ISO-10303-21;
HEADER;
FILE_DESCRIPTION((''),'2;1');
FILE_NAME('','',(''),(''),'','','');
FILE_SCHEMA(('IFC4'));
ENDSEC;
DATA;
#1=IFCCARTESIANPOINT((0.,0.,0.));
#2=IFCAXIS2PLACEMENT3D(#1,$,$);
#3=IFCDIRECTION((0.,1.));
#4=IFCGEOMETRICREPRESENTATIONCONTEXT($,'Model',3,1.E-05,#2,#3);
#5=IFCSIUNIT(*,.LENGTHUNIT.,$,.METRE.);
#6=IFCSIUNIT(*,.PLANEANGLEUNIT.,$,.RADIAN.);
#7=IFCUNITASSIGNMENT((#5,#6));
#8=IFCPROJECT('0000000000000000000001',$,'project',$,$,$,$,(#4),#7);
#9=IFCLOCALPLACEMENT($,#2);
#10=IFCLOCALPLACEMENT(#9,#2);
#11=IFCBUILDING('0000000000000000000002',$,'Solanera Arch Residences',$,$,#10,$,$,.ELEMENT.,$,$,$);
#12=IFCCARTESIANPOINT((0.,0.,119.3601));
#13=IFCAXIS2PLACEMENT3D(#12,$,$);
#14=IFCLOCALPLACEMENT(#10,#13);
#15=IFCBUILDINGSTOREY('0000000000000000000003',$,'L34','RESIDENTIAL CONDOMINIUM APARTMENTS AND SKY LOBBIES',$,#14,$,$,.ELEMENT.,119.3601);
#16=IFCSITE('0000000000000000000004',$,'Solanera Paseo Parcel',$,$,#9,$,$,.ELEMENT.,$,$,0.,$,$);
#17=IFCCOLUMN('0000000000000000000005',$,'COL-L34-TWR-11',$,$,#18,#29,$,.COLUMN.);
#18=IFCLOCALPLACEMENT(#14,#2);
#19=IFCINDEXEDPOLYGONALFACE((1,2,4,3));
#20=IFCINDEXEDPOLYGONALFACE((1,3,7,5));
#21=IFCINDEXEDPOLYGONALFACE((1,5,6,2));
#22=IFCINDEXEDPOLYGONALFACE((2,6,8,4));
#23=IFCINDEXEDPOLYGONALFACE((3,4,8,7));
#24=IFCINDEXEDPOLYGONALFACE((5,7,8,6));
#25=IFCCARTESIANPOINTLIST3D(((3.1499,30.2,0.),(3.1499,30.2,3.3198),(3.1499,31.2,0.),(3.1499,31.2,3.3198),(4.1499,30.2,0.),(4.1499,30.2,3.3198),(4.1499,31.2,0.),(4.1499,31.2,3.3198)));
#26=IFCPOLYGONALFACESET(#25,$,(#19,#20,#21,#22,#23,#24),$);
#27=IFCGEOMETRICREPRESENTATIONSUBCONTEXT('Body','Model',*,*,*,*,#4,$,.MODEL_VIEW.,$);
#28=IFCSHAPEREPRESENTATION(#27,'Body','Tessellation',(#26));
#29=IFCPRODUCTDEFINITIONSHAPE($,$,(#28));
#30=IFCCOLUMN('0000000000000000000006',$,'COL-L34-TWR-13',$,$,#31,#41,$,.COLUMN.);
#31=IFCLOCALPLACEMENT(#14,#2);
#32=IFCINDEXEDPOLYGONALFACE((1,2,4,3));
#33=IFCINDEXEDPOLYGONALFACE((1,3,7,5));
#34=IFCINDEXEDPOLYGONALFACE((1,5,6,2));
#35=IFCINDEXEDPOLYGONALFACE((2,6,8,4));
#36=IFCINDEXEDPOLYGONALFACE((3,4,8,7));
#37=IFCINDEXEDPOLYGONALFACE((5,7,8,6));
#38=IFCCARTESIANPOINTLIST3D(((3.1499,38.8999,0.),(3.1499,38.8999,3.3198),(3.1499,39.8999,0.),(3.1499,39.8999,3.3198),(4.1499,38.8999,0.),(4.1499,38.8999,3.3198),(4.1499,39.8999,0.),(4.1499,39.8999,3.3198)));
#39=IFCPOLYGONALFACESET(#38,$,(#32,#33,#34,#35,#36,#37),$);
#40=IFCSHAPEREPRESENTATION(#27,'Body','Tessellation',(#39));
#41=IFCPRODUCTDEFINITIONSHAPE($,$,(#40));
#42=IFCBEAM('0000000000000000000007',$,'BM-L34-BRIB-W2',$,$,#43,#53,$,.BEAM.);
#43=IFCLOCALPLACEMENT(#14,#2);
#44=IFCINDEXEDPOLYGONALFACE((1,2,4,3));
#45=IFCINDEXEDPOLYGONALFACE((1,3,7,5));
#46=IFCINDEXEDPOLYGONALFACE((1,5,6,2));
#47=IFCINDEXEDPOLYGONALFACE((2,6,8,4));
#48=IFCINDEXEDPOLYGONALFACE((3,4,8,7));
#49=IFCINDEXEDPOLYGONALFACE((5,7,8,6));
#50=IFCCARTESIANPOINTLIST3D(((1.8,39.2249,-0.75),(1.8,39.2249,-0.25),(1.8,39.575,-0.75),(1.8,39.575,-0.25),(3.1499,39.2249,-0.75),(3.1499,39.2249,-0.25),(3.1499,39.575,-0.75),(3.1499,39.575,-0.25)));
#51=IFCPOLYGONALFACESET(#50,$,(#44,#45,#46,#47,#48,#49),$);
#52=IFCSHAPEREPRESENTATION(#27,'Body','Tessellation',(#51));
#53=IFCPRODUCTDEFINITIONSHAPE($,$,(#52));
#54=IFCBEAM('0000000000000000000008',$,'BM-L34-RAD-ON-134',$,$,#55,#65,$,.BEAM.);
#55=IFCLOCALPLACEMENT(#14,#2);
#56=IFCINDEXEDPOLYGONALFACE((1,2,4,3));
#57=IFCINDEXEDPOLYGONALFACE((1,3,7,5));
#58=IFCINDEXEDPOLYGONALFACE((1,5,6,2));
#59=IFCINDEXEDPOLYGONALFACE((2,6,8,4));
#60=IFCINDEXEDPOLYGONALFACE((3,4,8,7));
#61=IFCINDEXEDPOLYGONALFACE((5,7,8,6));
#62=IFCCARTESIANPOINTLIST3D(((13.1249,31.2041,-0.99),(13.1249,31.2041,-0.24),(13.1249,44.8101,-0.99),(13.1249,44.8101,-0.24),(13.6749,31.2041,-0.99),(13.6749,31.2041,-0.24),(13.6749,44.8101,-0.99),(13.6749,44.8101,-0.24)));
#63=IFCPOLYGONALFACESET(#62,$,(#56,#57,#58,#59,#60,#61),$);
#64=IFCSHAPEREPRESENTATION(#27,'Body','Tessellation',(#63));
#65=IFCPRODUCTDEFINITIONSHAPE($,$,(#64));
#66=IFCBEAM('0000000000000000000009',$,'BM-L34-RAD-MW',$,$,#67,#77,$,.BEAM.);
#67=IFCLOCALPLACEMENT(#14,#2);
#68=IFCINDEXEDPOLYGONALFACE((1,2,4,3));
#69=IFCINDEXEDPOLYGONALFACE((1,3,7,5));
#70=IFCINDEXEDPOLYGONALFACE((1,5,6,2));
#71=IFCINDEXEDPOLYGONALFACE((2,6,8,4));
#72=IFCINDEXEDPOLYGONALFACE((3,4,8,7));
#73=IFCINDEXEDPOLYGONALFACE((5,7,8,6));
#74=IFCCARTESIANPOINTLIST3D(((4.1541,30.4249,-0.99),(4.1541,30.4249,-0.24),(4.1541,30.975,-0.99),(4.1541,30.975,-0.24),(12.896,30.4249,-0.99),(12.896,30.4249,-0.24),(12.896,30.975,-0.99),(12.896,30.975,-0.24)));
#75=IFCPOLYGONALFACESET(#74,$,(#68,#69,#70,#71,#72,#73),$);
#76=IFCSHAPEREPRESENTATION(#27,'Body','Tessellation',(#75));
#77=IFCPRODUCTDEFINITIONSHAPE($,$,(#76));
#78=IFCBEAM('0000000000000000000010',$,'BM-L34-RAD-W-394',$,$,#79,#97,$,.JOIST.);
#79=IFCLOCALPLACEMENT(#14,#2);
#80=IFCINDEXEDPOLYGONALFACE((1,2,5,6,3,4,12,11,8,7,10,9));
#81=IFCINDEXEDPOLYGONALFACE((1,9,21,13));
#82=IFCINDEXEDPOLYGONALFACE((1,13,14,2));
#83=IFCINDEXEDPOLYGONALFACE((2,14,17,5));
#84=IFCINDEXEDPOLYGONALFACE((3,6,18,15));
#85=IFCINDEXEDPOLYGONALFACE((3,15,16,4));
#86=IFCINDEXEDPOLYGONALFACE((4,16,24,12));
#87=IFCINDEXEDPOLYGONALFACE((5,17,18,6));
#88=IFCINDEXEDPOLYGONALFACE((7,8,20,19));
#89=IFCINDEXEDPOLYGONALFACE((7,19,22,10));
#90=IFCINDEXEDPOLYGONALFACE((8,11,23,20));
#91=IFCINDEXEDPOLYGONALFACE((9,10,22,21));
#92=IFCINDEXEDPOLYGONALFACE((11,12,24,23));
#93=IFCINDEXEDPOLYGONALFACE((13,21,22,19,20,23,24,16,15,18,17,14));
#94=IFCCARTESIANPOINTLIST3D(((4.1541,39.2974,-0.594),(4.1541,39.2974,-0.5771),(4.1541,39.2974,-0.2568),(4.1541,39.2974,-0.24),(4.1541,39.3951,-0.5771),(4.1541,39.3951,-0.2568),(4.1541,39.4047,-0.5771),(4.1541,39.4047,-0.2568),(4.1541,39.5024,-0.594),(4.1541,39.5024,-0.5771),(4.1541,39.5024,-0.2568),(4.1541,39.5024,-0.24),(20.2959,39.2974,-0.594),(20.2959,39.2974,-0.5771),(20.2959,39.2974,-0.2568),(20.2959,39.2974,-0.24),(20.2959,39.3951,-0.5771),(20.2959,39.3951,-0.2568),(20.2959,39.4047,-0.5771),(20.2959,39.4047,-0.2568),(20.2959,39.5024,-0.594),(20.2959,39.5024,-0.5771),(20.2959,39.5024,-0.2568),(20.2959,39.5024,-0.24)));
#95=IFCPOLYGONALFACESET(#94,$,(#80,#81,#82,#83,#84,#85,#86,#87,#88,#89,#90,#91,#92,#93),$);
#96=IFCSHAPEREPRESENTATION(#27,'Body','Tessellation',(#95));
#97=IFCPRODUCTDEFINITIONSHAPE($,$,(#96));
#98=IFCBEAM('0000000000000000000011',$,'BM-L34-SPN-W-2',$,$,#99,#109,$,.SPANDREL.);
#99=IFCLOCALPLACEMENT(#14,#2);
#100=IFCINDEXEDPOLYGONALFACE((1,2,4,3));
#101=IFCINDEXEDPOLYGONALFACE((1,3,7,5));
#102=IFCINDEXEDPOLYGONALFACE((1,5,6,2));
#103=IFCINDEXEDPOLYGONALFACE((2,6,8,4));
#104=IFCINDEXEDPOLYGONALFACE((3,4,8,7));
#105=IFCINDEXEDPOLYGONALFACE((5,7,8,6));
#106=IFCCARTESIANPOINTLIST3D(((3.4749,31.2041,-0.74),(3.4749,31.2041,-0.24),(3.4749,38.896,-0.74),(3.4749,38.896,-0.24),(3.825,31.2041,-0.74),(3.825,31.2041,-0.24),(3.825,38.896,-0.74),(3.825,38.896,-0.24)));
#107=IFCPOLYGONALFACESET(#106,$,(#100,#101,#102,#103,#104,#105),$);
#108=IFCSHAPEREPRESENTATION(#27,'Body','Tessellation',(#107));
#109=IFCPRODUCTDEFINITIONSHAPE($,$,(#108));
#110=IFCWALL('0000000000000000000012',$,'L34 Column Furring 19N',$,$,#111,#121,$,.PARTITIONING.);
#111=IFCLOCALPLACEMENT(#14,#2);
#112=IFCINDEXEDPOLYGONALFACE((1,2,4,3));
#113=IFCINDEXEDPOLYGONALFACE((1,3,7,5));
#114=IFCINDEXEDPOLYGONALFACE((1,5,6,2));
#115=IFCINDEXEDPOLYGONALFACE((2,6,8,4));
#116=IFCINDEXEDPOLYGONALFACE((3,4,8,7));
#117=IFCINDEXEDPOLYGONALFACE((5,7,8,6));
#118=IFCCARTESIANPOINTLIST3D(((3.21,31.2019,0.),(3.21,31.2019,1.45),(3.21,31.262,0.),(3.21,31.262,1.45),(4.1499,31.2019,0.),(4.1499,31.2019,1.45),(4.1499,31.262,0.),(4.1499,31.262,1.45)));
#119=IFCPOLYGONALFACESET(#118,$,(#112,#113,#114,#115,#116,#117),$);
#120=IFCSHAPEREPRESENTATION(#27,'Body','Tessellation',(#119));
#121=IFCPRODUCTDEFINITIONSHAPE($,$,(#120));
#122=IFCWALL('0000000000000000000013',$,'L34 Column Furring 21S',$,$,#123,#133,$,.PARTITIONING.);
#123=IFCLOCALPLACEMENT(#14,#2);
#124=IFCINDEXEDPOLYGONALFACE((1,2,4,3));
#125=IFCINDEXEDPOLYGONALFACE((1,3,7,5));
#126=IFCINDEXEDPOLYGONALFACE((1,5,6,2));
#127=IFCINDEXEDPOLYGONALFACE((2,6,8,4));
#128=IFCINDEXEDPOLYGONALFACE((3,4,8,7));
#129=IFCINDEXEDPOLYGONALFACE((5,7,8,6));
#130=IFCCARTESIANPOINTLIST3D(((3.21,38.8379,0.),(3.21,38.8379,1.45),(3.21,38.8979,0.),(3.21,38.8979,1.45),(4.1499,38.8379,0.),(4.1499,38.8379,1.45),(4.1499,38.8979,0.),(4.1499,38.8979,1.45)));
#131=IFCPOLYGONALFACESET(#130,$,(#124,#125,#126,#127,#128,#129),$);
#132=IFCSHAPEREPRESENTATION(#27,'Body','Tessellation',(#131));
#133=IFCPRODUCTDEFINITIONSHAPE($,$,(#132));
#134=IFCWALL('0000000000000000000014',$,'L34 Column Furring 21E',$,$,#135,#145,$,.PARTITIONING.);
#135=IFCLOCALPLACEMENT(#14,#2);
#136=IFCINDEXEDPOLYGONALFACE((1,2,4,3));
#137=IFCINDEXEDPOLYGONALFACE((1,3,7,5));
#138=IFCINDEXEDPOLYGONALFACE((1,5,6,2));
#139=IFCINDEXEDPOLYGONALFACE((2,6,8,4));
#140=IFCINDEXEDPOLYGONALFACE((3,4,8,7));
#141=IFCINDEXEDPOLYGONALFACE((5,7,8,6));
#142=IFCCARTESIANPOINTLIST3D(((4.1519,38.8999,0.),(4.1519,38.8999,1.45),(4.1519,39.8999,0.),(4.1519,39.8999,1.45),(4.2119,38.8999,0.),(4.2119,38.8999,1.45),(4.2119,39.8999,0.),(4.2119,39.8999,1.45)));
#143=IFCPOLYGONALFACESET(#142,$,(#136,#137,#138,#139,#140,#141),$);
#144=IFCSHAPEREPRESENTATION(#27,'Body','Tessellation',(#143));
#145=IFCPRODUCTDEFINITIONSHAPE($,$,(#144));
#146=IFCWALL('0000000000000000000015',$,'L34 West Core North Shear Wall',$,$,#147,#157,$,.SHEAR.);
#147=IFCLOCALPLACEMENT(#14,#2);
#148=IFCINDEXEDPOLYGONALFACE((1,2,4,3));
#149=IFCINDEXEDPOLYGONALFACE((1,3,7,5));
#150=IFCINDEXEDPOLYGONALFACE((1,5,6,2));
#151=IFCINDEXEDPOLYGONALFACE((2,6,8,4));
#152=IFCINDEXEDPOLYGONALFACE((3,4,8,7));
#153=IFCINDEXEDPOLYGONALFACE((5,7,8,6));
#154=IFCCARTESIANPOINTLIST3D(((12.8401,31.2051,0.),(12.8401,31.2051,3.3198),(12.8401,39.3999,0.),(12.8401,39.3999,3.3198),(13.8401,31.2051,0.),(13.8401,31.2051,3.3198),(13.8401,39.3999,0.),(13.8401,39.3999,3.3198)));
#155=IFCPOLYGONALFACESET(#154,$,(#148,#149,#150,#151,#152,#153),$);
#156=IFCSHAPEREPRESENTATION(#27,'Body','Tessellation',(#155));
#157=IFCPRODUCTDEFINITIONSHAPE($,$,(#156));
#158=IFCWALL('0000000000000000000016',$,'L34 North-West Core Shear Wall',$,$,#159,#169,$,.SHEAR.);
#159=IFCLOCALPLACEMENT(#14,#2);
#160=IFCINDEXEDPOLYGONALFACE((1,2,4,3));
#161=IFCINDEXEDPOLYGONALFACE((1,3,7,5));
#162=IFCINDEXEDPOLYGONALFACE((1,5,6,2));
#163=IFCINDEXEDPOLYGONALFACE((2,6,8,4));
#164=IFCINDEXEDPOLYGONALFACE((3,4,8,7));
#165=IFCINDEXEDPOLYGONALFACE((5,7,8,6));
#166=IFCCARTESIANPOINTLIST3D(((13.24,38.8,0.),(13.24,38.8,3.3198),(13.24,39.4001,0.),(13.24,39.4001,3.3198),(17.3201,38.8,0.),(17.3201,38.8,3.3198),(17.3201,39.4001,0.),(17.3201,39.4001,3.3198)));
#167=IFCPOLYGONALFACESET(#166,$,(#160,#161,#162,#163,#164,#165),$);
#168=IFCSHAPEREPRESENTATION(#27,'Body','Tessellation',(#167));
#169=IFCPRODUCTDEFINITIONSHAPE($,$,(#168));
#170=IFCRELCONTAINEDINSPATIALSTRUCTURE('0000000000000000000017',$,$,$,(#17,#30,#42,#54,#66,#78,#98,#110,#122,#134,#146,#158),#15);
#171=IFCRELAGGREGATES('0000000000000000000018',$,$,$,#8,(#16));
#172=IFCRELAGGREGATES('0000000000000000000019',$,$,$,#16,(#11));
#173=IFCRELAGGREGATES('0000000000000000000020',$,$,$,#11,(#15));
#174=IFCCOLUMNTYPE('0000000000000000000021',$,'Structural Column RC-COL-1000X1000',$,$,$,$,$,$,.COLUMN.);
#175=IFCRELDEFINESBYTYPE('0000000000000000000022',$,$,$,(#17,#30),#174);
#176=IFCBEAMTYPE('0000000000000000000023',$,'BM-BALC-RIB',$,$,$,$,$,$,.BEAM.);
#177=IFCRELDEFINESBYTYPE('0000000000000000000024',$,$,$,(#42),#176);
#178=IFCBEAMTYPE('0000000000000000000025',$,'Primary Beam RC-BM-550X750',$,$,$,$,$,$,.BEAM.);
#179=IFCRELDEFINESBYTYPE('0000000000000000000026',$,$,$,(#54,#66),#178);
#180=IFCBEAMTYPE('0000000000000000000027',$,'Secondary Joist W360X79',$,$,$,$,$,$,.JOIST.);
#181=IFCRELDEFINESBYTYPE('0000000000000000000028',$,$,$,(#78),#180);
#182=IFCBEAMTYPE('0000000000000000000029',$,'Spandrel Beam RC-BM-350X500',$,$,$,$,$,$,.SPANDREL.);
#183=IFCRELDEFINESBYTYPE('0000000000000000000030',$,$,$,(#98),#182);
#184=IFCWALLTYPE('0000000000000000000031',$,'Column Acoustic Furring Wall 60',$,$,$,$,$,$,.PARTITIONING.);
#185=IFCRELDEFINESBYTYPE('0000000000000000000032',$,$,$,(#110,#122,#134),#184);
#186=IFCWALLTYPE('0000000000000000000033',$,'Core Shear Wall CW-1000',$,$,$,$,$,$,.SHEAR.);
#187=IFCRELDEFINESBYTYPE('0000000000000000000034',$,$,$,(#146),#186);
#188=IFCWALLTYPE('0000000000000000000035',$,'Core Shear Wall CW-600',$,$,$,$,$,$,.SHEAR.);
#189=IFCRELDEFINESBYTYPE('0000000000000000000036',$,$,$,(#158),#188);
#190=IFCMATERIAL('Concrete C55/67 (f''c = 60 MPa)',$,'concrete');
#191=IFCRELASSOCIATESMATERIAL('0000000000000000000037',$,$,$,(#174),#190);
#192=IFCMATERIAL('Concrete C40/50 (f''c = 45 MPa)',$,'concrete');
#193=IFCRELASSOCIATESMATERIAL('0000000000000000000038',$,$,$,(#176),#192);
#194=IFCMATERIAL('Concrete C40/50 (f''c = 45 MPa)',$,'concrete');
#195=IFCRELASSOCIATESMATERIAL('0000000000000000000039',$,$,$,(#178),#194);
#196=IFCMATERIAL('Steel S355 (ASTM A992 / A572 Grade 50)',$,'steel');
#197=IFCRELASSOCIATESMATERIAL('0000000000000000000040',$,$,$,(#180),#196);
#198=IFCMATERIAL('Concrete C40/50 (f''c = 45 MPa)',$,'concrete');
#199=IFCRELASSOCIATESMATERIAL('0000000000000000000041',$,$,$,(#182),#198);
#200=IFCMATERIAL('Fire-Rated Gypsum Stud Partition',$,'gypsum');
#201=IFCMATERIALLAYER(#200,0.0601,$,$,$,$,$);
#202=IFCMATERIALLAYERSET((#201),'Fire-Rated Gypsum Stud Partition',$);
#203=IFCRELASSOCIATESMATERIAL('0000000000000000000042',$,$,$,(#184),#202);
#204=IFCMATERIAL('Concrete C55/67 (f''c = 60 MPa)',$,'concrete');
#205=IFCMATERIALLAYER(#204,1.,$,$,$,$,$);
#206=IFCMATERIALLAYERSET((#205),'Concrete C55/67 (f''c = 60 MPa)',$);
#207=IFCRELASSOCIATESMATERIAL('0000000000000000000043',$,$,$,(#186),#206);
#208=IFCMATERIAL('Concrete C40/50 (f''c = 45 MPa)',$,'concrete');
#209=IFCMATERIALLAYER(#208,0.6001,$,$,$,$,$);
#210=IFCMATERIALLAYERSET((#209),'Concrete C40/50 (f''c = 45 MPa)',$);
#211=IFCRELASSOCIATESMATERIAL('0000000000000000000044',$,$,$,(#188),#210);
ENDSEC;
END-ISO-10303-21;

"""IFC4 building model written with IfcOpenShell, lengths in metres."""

from ifc_helpers import new_model, si_unit, direction, frame, frame_2d, origin, origin_2d, place, context, subcontext, project, spatial, rectangle, i_section, extrude, material, layer, layer_set, material_profile, profile_set, type_object, element, save


model = new_model("IFC4")

# Units and contexts
model_context = context("Model", 3, precision=1e-05, world=origin(), true_north=direction((0.0, 1.0)))
body_context = subcontext(model_context, "Body", "Model", "MODEL_VIEW")
ifc_project = project(units=[si_unit("LENGTHUNIT", "METRE"), si_unit("PLANEANGLEUNIT", "RADIAN")], contexts=[model_context])

# Site, building, storey
site_placement = place(None, origin())
site = spatial("IfcSite", under=ifc_project, at=site_placement, Name="Solanera Paseo Parcel", CompositionType="ELEMENT", RefElevation=0.0)
building_placement = place(site_placement, origin())
building = spatial("IfcBuilding", under=site, at=building_placement, Name="Solanera Arch Residences", CompositionType="ELEMENT")
storey_placement = place(building_placement, frame((0.0, 0.0, 119.3601)))
storey = spatial("IfcBuildingStorey", under=building, at=storey_placement, Name="L34", Description="RESIDENTIAL CONDOMINIUM APARTMENTS AND SKY LOBBIES", CompositionType="ELEMENT", Elevation=119.3601)

# Columns
ifc_material_1 = material(Name="Concrete C55/67 (f'c = 60 MPa)", Category="concrete")
ifc_material_profile_1 = material_profile(ifc_material_1, rectangle(XDim=1.0, YDim=1.0, at=origin_2d()))
ifc_profile_set_1 = profile_set([ifc_material_profile_1], Name="Concrete C55/67 (f'c = 60 MPa)")
column_type = type_object("IfcColumnType", Name="Structural Column RC-COL-1000X1000", PredefinedType="COLUMN", material=ifc_profile_set_1)
for number, where, z_axis, x_axis, name in (
    (1, (3.6499, 30.7, 0.0), (0.0, 0.0, 1.0), (1.0, 0.0, 0.0), "COL-L34-TWR-11"),
    (2, (3.6499, 39.3999, 0.0), (0.0, 0.0, 1.0), (1.0, 0.0, 0.0), "COL-L34-TWR-13"),
):
    element("IfcColumn", number, at=place(storey_placement, frame(where, z_axis=z_axis, x_axis=x_axis)), inside=storey, type_object=column_type, Name=name, PredefinedType="COLUMN", context=body_context, shape_type="SweptSolid", body=[
        extrude(rectangle(XDim=1.0, YDim=1.0, at=origin_2d()), origin(), (0.0, 0.0, 1.0), 3.3198),
    ])

# Beams
ifc_material_2 = material(Name="Concrete C40/50 (f'c = 45 MPa)", Category="concrete")
ifc_material_profile_2 = material_profile(ifc_material_2, rectangle(XDim=0.3501, YDim=0.5, at=origin_2d()))
ifc_profile_set_2 = profile_set([ifc_material_profile_2], Name="Concrete C40/50 (f'c = 45 MPa)")
beam_type_1 = type_object("IfcBeamType", Name="BM-BALC-RIB", PredefinedType="BEAM", material=ifc_profile_set_2)
beam_1_placement = place(storey_placement, frame((1.8, 39.3999, -0.5), z_axis=(1.0, 0.0, 0.0), x_axis=(0.0, 1.0, 0.0)))
element("IfcBeam", 3, at=beam_1_placement, inside=storey, type_object=beam_type_1, Name="BM-L34-BRIB-W2", PredefinedType="BEAM", context=body_context, shape_type="SweptSolid", body=[
    extrude(rectangle(XDim=0.3501, YDim=0.5, at=origin_2d()), origin(), (0.0, 0.0, 1.0), 1.3499),
])
ifc_material_3 = material(Name="Concrete C40/50 (f'c = 45 MPa)", Category="concrete")
ifc_material_profile_3 = material_profile(ifc_material_3, rectangle(XDim=0.55, YDim=0.75, at=origin_2d()))
ifc_profile_set_3 = profile_set([ifc_material_profile_3], Name="Concrete C40/50 (f'c = 45 MPa)")
beam_type_2 = type_object("IfcBeamType", Name="Primary Beam RC-BM-550X750", PredefinedType="BEAM", material=ifc_profile_set_3)
beam_2_placement = place(storey_placement, frame((13.3999, 31.2041, -0.615), z_axis=(0.0, 1.0, 0.0), x_axis=(-1.0, 0.0, 0.0)))
element("IfcBeam", 4, at=beam_2_placement, inside=storey, type_object=beam_type_2, Name="BM-L34-RAD-ON-134", PredefinedType="BEAM", context=body_context, shape_type="SweptSolid", body=[
    extrude(rectangle(XDim=0.55, YDim=0.75, at=origin_2d()), origin(), (0.0, 0.0, 1.0), 13.606),
])
beam_3_placement = place(storey_placement, frame((4.1541, 30.7, -0.615), z_axis=(1.0, 0.0, 0.0), x_axis=(0.0, 1.0, 0.0)))
element("IfcBeam", 5, at=beam_3_placement, inside=storey, type_object=beam_type_2, Name="BM-L34-RAD-MW", PredefinedType="BEAM", context=body_context, shape_type="SweptSolid", body=[
    extrude(rectangle(XDim=0.55, YDim=0.75, at=origin_2d()), origin(), (0.0, 0.0, 1.0), 8.7419),
])
ifc_material_4 = material(Name="Steel S355 (ASTM A992 / A572 Grade 50)", Category="steel")
ifc_material_profile_4 = material_profile(ifc_material_4, i_section(OverallWidth=0.2051, OverallDepth=0.354, WebThickness=0.0095, FlangeThickness=0.0168, at=origin_2d()))
ifc_profile_set_4 = profile_set([ifc_material_profile_4], Name="Steel S355 (ASTM A992 / A572 Grade 50)")
beam_type_3 = type_object("IfcBeamType", Name="Secondary Joist W360X79", PredefinedType="JOIST", material=ifc_profile_set_4)
beam_4_placement = place(storey_placement, frame((4.1541, 39.3999, -0.417), z_axis=(1.0, 0.0, 0.0), x_axis=(0.0, 1.0, 0.0)))
element("IfcBeam", 6, at=beam_4_placement, inside=storey, type_object=beam_type_3, Name="BM-L34-RAD-W-394", PredefinedType="JOIST", context=body_context, shape_type="SweptSolid", body=[
    extrude(i_section(OverallWidth=0.2051, OverallDepth=0.354, WebThickness=0.0095, FlangeThickness=0.0168, at=origin_2d()), origin(), (0.0, 0.0, 1.0), 16.1418),
])
ifc_material_5 = material(Name="Concrete C40/50 (f'c = 45 MPa)", Category="concrete")
ifc_material_profile_5 = material_profile(ifc_material_5, rectangle(XDim=0.3501, YDim=0.5, at=origin_2d()))
ifc_profile_set_5 = profile_set([ifc_material_profile_5], Name="Concrete C40/50 (f'c = 45 MPa)")
beam_type_4 = type_object("IfcBeamType", Name="Spandrel Beam RC-BM-350X500", PredefinedType="SPANDREL", material=ifc_profile_set_5)
beam_5_placement = place(storey_placement, frame((3.6499, 31.2041, -0.49), z_axis=(0.0, 1.0, 0.0), x_axis=(-1.0, 0.0, 0.0)))
element("IfcBeam", 7, at=beam_5_placement, inside=storey, type_object=beam_type_4, Name="BM-L34-SPN-W-2", PredefinedType="SPANDREL", context=body_context, shape_type="SweptSolid", body=[
    extrude(rectangle(XDim=0.3501, YDim=0.5, at=origin_2d()), origin(), (0.0, 0.0, 1.0), 7.6919),
])

# Walls
ifc_material_6 = material(Name="Fire-Rated Gypsum Stud Partition", Category="gypsum")
ifc_layer_1 = layer(ifc_material_6, 0.0601)
ifc_layer_set_1 = layer_set([ifc_layer_1], Name="Fire-Rated Gypsum Stud Partition")
wall_type_1 = type_object("IfcWallType", Name="Column Acoustic Furring Wall 60", PredefinedType="PARTITIONING", material=ifc_layer_set_1)
for number, where, z_axis, x_axis, name in (
    (8, (3.21, 31.2319, 0.0), (0.0, 0.0, 1.0), (1.0, 0.0, 0.0), "L34 Column Furring 19N"),
    (9, (3.21, 38.8679, 0.0), (0.0, 0.0, 1.0), (1.0, 0.0, 0.0), "L34 Column Furring 21S"),
):
    element("IfcWall", number, at=place(storey_placement, frame(where, z_axis=z_axis, x_axis=x_axis)), inside=storey, type_object=wall_type_1, Name=name, PredefinedType="PARTITIONING", context=body_context, shape_type="SweptSolid", body=[
        extrude(rectangle(XDim=0.9399, YDim=0.0601, at=frame_2d((0.47, 0.0))), origin(), (0.0, 0.0, 1.0), 1.45),
    ])
wall_1_placement = place(storey_placement, frame((4.1819, 38.8999, 0.0), z_axis=(0.0, 0.0, 1.0), x_axis=(0.0, 1.0, 0.0)))
element("IfcWall", 10, at=wall_1_placement, inside=storey, type_object=wall_type_1, Name="L34 Column Furring 21E", PredefinedType="PARTITIONING", context=body_context, shape_type="SweptSolid", body=[
    extrude(rectangle(XDim=1.0, YDim=0.0601, at=frame_2d((0.5, 0.0))), origin(), (0.0, 0.0, 1.0), 1.45),
])
ifc_material_7 = material(Name="Concrete C55/67 (f'c = 60 MPa)", Category="concrete")
ifc_layer_2 = layer(ifc_material_7, 1.0)
ifc_layer_set_2 = layer_set([ifc_layer_2], Name="Concrete C55/67 (f'c = 60 MPa)")
wall_type_2 = type_object("IfcWallType", Name="Core Shear Wall CW-1000", PredefinedType="SHEAR", material=ifc_layer_set_2)
wall_2_placement = place(storey_placement, frame((13.3401, 31.2051, 0.0), z_axis=(0.0, 0.0, 1.0), x_axis=(0.0, 1.0, 0.0)))
element("IfcWall", 11, at=wall_2_placement, inside=storey, type_object=wall_type_2, Name="L34 West Core North Shear Wall", PredefinedType="SHEAR", context=body_context, shape_type="SweptSolid", body=[
    extrude(rectangle(XDim=8.1948, YDim=1.0, at=frame_2d((4.0974, 0.0))), origin(), (0.0, 0.0, 1.0), 3.3198),
])
ifc_material_8 = material(Name="Concrete C40/50 (f'c = 45 MPa)", Category="concrete")
ifc_layer_3 = layer(ifc_material_8, 0.6001)
ifc_layer_set_3 = layer_set([ifc_layer_3], Name="Concrete C40/50 (f'c = 45 MPa)")
wall_type_3 = type_object("IfcWallType", Name="Core Shear Wall CW-600", PredefinedType="SHEAR", material=ifc_layer_set_3)
wall_3_placement = place(storey_placement, frame((13.24, 39.1001, 0.0), z_axis=(0.0, 0.0, 1.0), x_axis=(1.0, 0.0, 0.0)))
element("IfcWall", 12, at=wall_3_placement, inside=storey, type_object=wall_type_3, Name="L34 North-West Core Shear Wall", PredefinedType="SHEAR", context=body_context, shape_type="SweptSolid", body=[
    extrude(rectangle(XDim=4.0801, YDim=0.6001, at=frame_2d((2.04, 0.0))), origin(), (0.0, 0.0, 1.0), 3.3198),
])

save(model, "model.ifc")
